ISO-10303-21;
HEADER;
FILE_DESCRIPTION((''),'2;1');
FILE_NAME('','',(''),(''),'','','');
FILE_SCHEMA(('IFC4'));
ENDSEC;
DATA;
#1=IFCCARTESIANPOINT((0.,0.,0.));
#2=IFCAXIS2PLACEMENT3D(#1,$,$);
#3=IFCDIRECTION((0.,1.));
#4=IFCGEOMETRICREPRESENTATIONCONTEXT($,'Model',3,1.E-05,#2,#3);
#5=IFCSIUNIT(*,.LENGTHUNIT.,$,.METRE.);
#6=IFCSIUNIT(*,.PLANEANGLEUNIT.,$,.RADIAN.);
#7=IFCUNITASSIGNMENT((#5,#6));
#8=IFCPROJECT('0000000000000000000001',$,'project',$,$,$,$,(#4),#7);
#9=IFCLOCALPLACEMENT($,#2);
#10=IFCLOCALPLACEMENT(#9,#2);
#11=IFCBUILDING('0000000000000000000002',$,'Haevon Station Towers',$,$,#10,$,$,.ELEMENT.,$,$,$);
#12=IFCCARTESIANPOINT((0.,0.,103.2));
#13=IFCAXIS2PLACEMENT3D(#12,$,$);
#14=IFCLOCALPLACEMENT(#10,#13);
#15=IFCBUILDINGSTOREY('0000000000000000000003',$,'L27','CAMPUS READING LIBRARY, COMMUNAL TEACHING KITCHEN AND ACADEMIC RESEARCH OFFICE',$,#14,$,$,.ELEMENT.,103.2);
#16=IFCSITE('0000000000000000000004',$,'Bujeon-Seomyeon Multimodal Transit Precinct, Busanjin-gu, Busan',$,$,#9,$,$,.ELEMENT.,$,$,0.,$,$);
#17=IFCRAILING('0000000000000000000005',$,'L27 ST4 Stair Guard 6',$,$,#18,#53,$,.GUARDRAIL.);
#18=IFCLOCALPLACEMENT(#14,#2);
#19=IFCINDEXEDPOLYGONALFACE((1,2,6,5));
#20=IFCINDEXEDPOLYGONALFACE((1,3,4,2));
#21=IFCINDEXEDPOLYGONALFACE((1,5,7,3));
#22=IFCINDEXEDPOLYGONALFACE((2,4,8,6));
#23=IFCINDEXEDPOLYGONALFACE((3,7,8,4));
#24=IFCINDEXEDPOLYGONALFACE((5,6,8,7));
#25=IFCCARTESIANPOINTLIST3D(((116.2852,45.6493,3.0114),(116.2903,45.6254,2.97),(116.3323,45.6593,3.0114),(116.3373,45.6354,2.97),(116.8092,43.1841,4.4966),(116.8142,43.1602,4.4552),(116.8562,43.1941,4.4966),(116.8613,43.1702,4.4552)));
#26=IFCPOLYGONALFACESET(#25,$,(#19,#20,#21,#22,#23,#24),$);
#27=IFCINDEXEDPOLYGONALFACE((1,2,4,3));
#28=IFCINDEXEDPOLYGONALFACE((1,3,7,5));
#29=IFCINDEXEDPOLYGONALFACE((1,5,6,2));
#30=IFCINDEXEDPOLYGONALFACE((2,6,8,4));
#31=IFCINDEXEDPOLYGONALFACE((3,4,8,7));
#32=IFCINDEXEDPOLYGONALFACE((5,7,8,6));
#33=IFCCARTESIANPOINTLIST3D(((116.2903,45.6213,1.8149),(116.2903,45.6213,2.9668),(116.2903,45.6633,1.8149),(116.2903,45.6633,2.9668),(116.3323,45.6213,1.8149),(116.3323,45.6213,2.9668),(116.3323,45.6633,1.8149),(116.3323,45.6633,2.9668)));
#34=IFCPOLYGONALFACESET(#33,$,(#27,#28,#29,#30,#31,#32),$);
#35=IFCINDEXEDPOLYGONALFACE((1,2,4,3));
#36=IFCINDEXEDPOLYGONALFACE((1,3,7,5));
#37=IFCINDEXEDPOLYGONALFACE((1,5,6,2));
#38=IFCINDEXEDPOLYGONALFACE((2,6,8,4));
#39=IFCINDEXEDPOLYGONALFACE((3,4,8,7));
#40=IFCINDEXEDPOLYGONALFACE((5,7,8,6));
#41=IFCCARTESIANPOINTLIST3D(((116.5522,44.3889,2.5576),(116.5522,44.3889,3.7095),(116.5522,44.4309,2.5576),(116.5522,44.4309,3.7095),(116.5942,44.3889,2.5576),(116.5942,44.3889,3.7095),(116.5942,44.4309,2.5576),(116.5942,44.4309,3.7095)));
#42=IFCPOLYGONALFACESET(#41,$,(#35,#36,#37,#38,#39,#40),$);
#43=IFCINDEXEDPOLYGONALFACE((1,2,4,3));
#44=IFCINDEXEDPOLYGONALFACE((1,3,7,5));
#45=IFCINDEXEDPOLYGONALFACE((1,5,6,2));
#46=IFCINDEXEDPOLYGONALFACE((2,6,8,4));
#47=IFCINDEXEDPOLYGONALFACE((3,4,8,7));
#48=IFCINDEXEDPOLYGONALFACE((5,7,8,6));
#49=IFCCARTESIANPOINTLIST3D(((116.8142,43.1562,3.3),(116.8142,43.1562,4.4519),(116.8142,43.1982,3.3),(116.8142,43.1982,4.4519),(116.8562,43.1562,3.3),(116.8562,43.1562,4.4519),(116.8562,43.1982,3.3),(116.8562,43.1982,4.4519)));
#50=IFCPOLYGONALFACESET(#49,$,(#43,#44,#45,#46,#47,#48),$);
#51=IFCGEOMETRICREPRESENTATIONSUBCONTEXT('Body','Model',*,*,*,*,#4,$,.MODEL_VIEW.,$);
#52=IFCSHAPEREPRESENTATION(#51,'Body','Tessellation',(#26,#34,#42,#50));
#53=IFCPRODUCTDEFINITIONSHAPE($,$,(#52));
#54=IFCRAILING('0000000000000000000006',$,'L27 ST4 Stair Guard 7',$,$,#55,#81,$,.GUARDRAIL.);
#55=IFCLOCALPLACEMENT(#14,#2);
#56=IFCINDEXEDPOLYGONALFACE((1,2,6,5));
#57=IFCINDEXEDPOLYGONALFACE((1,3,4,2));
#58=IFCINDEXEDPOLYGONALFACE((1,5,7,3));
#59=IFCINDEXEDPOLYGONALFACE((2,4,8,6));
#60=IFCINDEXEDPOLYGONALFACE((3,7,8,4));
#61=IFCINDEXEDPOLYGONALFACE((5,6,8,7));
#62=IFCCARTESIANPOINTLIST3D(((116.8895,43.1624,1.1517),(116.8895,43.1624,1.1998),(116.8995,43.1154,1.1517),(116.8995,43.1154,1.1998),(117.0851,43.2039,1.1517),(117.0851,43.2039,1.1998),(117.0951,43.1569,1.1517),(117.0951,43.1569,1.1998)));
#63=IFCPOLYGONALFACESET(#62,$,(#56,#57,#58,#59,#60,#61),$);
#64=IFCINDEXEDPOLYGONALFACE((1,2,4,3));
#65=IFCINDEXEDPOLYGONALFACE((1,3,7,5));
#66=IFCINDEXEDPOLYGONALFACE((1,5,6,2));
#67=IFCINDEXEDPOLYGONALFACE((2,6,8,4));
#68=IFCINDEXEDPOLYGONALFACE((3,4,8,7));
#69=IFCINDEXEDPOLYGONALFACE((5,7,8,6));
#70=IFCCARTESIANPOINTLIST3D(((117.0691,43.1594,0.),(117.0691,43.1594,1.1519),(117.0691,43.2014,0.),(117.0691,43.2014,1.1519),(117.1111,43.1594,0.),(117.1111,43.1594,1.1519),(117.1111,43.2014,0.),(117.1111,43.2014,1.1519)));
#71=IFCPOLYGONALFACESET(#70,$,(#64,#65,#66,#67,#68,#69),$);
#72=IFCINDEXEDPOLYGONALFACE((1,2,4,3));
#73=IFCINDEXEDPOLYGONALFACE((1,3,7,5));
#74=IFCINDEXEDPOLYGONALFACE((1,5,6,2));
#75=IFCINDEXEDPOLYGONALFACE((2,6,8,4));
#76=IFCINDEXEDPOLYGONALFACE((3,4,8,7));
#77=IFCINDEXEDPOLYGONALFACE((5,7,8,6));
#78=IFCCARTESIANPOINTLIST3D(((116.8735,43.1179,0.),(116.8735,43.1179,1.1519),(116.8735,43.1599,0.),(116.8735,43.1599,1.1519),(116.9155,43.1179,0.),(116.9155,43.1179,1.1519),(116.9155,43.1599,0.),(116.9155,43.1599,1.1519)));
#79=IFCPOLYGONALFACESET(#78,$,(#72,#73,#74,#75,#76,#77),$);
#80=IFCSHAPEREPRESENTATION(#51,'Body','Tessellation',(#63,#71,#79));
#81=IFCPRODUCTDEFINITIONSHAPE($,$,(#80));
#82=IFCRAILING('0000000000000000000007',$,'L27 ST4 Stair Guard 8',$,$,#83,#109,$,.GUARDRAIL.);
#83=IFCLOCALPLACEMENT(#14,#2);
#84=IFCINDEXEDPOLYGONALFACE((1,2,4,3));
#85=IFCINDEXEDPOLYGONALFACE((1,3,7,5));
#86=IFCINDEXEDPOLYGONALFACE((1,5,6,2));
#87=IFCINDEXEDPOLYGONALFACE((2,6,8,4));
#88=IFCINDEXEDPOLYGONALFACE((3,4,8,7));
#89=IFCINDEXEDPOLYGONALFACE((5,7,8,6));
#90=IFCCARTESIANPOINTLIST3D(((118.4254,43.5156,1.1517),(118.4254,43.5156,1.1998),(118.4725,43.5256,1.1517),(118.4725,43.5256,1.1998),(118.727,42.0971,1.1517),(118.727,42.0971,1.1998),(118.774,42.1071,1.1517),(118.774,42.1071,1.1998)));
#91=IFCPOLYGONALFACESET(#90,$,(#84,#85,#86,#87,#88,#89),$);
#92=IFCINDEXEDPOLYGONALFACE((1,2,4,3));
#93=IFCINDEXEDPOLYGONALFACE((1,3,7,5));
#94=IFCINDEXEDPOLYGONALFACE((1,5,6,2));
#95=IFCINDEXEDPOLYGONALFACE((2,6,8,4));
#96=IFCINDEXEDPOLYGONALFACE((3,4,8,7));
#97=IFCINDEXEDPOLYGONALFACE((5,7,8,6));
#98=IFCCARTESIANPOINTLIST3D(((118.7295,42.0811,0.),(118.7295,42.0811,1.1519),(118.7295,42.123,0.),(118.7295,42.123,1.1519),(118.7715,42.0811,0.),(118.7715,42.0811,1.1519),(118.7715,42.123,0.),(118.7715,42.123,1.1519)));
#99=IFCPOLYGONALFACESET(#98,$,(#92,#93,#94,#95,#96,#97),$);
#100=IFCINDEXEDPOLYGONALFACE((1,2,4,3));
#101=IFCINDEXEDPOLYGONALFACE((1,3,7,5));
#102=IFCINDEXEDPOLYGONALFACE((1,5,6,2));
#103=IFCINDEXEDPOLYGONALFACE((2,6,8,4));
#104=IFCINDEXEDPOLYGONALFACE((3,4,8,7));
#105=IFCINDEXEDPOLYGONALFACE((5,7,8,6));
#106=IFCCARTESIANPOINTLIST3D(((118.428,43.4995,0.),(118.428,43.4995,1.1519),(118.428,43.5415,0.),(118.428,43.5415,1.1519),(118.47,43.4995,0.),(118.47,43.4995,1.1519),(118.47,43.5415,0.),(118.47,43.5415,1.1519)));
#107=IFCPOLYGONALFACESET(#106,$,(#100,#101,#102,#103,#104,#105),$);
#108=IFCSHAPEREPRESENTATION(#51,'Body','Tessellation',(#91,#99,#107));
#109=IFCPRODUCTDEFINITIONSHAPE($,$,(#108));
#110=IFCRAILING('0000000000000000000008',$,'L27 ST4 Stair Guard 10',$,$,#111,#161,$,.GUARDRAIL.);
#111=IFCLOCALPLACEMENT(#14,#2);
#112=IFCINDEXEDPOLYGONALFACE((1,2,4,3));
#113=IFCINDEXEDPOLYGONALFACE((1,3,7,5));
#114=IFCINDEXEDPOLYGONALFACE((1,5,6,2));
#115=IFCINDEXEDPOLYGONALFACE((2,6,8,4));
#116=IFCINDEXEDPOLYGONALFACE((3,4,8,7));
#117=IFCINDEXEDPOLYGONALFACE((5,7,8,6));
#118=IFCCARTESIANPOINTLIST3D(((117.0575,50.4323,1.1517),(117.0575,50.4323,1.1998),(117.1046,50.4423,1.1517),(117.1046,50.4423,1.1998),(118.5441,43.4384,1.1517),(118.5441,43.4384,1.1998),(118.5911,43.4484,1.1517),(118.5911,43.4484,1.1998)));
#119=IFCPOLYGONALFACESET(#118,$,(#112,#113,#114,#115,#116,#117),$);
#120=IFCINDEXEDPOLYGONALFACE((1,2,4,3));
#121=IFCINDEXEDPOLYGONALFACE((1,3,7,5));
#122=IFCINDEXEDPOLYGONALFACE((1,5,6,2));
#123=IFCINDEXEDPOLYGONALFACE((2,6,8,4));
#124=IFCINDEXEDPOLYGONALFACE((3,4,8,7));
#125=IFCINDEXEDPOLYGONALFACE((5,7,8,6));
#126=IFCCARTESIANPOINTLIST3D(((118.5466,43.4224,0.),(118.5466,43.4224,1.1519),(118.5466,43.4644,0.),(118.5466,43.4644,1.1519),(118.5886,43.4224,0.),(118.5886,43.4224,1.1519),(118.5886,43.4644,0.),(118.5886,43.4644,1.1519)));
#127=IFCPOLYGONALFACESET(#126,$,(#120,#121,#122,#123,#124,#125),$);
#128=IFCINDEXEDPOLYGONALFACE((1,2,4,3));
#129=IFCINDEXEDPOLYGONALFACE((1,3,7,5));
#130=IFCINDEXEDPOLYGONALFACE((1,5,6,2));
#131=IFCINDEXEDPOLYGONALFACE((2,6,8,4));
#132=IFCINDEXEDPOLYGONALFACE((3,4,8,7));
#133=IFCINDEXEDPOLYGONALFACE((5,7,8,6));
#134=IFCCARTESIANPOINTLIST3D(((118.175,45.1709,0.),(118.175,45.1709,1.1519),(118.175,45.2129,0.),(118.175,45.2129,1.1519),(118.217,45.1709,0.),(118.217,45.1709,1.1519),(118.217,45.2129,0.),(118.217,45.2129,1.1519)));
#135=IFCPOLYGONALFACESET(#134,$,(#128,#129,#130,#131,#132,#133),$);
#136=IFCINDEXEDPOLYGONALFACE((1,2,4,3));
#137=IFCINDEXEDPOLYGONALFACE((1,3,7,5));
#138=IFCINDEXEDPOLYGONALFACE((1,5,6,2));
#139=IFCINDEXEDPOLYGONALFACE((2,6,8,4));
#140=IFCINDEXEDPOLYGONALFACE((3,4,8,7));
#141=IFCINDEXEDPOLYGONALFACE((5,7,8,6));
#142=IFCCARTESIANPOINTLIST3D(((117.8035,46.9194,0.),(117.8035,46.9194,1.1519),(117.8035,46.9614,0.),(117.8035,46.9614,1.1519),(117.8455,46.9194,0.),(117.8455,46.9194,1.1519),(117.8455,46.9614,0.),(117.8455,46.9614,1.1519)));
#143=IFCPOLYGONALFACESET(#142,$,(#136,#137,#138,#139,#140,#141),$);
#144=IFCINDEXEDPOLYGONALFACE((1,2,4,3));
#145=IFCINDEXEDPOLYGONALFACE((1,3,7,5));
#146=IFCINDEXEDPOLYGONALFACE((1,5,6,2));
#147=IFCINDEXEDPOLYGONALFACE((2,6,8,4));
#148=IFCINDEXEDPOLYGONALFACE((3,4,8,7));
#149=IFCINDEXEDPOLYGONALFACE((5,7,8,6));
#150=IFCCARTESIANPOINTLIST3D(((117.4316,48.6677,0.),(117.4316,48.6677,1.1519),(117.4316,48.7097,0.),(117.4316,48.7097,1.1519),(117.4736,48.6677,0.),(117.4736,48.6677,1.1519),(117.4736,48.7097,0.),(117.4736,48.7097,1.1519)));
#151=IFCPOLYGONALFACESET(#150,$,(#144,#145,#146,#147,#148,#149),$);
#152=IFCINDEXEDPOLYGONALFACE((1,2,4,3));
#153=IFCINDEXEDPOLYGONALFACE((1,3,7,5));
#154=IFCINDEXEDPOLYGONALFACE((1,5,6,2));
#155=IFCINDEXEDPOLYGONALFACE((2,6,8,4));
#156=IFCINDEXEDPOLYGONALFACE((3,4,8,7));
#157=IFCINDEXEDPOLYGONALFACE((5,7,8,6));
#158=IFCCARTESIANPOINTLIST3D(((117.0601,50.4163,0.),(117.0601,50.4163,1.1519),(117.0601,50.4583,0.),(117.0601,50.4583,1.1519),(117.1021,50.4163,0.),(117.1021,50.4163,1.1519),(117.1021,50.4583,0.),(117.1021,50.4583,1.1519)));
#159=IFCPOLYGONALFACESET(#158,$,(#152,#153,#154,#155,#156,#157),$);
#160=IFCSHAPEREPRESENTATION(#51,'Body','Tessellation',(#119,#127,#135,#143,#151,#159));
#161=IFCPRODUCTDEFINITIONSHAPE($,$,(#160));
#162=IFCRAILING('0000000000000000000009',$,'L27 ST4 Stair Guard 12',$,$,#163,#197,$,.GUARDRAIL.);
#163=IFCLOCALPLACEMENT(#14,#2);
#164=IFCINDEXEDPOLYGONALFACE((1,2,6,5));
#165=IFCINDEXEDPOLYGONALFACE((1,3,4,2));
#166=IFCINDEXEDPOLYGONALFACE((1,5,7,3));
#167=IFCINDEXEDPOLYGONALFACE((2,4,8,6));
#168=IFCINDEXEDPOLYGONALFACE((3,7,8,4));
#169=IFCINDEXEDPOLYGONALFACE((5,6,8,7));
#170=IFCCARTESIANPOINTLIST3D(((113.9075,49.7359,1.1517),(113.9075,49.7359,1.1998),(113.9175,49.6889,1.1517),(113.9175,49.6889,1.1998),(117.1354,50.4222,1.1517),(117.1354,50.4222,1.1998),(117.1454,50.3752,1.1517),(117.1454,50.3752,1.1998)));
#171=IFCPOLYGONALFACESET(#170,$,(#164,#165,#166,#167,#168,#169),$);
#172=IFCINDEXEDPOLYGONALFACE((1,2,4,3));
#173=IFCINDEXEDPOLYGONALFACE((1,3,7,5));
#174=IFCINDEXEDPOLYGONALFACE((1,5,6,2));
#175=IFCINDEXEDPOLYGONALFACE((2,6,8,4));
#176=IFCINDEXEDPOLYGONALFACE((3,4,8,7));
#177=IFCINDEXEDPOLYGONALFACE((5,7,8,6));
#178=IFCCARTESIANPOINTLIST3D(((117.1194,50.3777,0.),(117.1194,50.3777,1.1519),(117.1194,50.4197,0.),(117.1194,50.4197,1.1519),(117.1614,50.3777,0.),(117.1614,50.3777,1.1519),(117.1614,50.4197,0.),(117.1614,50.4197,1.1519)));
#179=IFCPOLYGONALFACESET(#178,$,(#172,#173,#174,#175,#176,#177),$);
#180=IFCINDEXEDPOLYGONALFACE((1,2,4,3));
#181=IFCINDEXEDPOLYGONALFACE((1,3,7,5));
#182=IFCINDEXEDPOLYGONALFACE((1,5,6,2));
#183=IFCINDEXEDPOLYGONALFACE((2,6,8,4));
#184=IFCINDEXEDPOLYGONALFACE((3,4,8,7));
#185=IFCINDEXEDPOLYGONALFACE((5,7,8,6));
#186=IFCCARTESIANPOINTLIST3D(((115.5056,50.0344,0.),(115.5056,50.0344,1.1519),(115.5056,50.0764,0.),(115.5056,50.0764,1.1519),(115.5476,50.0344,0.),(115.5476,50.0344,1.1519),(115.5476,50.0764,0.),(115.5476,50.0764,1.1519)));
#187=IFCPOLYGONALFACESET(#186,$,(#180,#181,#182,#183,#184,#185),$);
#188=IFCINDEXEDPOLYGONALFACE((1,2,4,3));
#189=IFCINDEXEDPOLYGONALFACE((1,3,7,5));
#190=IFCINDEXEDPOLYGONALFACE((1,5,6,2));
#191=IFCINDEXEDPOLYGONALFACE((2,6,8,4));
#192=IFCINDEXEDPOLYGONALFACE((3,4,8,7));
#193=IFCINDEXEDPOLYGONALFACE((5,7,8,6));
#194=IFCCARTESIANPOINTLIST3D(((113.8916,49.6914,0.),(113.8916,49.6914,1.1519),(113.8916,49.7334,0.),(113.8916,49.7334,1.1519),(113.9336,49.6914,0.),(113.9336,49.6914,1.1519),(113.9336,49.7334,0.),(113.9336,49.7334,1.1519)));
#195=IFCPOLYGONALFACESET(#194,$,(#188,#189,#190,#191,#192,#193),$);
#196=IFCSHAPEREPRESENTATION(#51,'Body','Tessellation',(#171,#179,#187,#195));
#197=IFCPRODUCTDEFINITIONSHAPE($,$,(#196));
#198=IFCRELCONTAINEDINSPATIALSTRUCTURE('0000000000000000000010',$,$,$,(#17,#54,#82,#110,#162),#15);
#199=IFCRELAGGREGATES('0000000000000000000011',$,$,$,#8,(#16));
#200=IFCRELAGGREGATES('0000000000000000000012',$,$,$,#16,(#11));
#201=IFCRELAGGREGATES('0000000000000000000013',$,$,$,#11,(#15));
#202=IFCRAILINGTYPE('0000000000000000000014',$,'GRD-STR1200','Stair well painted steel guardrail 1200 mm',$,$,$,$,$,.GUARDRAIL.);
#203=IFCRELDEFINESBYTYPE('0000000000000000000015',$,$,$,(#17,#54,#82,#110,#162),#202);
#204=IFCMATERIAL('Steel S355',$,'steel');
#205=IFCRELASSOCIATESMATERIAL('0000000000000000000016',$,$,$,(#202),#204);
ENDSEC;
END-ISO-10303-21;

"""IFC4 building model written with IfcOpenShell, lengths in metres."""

from ifc_helpers import new_model, si_unit, direction, frame, origin, origin_2d, place, context, subcontext, project, spatial, rectangle, extrude, material, type_object, element, save


model = new_model("IFC4")

# Units and contexts
model_context = context("Model", 3, precision=1e-05, world=origin(), true_north=direction((0.0, 1.0)))
body_context = subcontext(model_context, "Body", "Model", "MODEL_VIEW")
ifc_project = project(units=[si_unit("LENGTHUNIT", "METRE"), si_unit("PLANEANGLEUNIT", "RADIAN")], contexts=[model_context])

# Site, building, storey
site_placement = place(None, origin())
site = spatial("IfcSite", under=ifc_project, at=site_placement, Name="Bujeon-Seomyeon Multimodal Transit Precinct, Busanjin-gu, Busan", CompositionType="ELEMENT", RefElevation=0.0)
building_placement = place(site_placement, origin())
building = spatial("IfcBuilding", under=site, at=building_placement, Name="Haevon Station Towers", CompositionType="ELEMENT")
storey_placement = place(building_placement, frame((0.0, 0.0, 103.2)))
storey = spatial("IfcBuildingStorey", under=building, at=storey_placement, Name="L27", Description="CAMPUS READING LIBRARY, COMMUNAL TEACHING KITCHEN AND ACADEMIC RESEARCH OFFICE", CompositionType="ELEMENT", Elevation=103.2)

# Shared definitions
ifc_material_1 = material(Name="Steel S355", Category="steel")

# Railings
railing_type_1 = type_object("IfcRailingType", Name="GRD-STR1200", Description="Stair well painted steel guardrail 1200 mm", PredefinedType="GUARDRAIL", material=ifc_material_1)
railing_1_placement = place(storey_placement, frame((116.3113, 45.6423, 1.8149)))
element("IfcRailing", 1, at=railing_1_placement, inside=storey, type_object=railing_type_1, Name="L27 ST4 Stair Guard 6", PredefinedType="GUARDRAIL", context=body_context, shape_type="SweptSolid", body=[
    extrude(rectangle(XDim=0.0481, YDim=0.0481, at=origin_2d()), frame((0.0, 0.0, 1.1758), z_axis=(0.179109, -0.842712, 0.507697), x_axis=(0.978151, 0.207895, 0.0)), (0.0, 0.0, 1.0), 2.9253),
    extrude(rectangle(XDim=0.042, YDim=0.042, at=origin_2d()), origin(), (0.0, 0.0, 1.0), 1.1519),
    extrude(rectangle(XDim=0.042, YDim=0.042, at=origin_2d()), frame((0.262, -1.2324, 0.7427)), (0.0, 0.0, 1.0), 1.1519),
    extrude(rectangle(XDim=0.042, YDim=0.042, at=origin_2d()), frame((0.5239, -2.4651, 1.4851)), (0.0, 0.0, 1.0), 1.1519),
])
railing_2_placement = place(storey_placement, frame((117.0901, 43.1804, 0.0)))
element("IfcRailing", 2, at=railing_2_placement, inside=storey, type_object=railing_type_1, Name="L27 ST4 Stair Guard 7", PredefinedType="GUARDRAIL", context=body_context, shape_type="SweptSolid", body=[
    extrude(rectangle(XDim=0.0481, YDim=0.0481, at=origin_2d()), frame((0.0, 0.0, 1.1758), z_axis=(-0.978212, -0.20761, 0.0), x_axis=(0.20761, -0.978212, 0.0)), (0.0, 0.0, 1.0), 0.2),
    extrude(rectangle(XDim=0.042, YDim=0.042, at=origin_2d()), origin(), (0.0, 0.0, 1.0), 1.1519),
    extrude(rectangle(XDim=0.042, YDim=0.042, at=origin_2d()), frame((-0.1956, -0.0415, 0.0)), (0.0, 0.0, 1.0), 1.1519),
])
railing_3_placement = place(storey_placement, frame((118.7505, 42.1021, 0.0)))
element("IfcRailing", 3, at=railing_3_placement, inside=storey, type_object=railing_type_1, Name="L27 ST4 Stair Guard 8", PredefinedType="GUARDRAIL", context=body_context, shape_type="SweptSolid", body=[
    extrude(rectangle(XDim=0.0481, YDim=0.0481, at=origin_2d()), frame((0.0, 0.0, 1.1758), z_axis=(-0.207919, 0.978146, 0.0), x_axis=(-0.978146, -0.207919, 0.0)), (0.0, 0.0, 1.0), 1.4502),
    extrude(rectangle(XDim=0.042, YDim=0.042, at=origin_2d()), origin(), (0.0, 0.0, 1.0), 1.1519),
    extrude(rectangle(XDim=0.042, YDim=0.042, at=origin_2d()), frame((-0.3015, 1.4185, 0.0)), (0.0, 0.0, 1.0), 1.1519),
])
railing_4_placement = place(storey_placement, frame((118.5676, 43.4434, 0.0)))
element("IfcRailing", 4, at=railing_4_placement, inside=storey, type_object=railing_type_1, Name="L27 ST4 Stair Guard 10", PredefinedType="GUARDRAIL", context=body_context, shape_type="SweptSolid", body=[
    extrude(rectangle(XDim=0.0481, YDim=0.0481, at=origin_2d()), frame((0.0, 0.0, 1.1758), z_axis=(-0.207908, 0.978148, 0.0), x_axis=(-0.978148, -0.207908, 0.0)), (0.0, 0.0, 1.0), 7.1501),
    extrude(rectangle(XDim=0.042, YDim=0.042, at=origin_2d()), origin(), (0.0, 0.0, 1.0), 1.1519),
    extrude(rectangle(XDim=0.042, YDim=0.042, at=origin_2d()), frame((-0.3716, 1.7485, 0.0)), (0.0, 0.0, 1.0), 1.1519),
    extrude(rectangle(XDim=0.042, YDim=0.042, at=origin_2d()), frame((-0.7432, 3.4971, 0.0)), (0.0, 0.0, 1.0), 1.1519),
    extrude(rectangle(XDim=0.042, YDim=0.042, at=origin_2d()), frame((-1.115, 5.2454, 0.0)), (0.0, 0.0, 1.0), 1.1519),
    extrude(rectangle(XDim=0.042, YDim=0.042, at=origin_2d()), frame((-1.4866, 6.9939, 0.0)), (0.0, 0.0, 1.0), 1.1519),
])
railing_5_placement = place(storey_placement, frame((117.1404, 50.3987, 0.0)))
element("IfcRailing", 5, at=railing_5_placement, inside=storey, type_object=railing_type_1, Name="L27 ST4 Stair Guard 12", PredefinedType="GUARDRAIL", context=body_context, shape_type="SweptSolid", body=[
    extrude(rectangle(XDim=0.0481, YDim=0.0481, at=origin_2d()), frame((0.0, 0.0, 1.1758), z_axis=(-0.978136, -0.207968, 0.0), x_axis=(0.207968, -0.978136, 0.0)), (0.0, 0.0, 1.0), 3.3),
    extrude(rectangle(XDim=0.042, YDim=0.042, at=origin_2d()), origin(), (0.0, 0.0, 1.0), 1.1519),
    extrude(rectangle(XDim=0.042, YDim=0.042, at=origin_2d()), frame((-1.6138, -0.3433, 0.0)), (0.0, 0.0, 1.0), 1.1519),
    extrude(rectangle(XDim=0.042, YDim=0.042, at=origin_2d()), frame((-3.2278, -0.6863, 0.0)), (0.0, 0.0, 1.0), 1.1519),
])

save(model, "model.ifc")
